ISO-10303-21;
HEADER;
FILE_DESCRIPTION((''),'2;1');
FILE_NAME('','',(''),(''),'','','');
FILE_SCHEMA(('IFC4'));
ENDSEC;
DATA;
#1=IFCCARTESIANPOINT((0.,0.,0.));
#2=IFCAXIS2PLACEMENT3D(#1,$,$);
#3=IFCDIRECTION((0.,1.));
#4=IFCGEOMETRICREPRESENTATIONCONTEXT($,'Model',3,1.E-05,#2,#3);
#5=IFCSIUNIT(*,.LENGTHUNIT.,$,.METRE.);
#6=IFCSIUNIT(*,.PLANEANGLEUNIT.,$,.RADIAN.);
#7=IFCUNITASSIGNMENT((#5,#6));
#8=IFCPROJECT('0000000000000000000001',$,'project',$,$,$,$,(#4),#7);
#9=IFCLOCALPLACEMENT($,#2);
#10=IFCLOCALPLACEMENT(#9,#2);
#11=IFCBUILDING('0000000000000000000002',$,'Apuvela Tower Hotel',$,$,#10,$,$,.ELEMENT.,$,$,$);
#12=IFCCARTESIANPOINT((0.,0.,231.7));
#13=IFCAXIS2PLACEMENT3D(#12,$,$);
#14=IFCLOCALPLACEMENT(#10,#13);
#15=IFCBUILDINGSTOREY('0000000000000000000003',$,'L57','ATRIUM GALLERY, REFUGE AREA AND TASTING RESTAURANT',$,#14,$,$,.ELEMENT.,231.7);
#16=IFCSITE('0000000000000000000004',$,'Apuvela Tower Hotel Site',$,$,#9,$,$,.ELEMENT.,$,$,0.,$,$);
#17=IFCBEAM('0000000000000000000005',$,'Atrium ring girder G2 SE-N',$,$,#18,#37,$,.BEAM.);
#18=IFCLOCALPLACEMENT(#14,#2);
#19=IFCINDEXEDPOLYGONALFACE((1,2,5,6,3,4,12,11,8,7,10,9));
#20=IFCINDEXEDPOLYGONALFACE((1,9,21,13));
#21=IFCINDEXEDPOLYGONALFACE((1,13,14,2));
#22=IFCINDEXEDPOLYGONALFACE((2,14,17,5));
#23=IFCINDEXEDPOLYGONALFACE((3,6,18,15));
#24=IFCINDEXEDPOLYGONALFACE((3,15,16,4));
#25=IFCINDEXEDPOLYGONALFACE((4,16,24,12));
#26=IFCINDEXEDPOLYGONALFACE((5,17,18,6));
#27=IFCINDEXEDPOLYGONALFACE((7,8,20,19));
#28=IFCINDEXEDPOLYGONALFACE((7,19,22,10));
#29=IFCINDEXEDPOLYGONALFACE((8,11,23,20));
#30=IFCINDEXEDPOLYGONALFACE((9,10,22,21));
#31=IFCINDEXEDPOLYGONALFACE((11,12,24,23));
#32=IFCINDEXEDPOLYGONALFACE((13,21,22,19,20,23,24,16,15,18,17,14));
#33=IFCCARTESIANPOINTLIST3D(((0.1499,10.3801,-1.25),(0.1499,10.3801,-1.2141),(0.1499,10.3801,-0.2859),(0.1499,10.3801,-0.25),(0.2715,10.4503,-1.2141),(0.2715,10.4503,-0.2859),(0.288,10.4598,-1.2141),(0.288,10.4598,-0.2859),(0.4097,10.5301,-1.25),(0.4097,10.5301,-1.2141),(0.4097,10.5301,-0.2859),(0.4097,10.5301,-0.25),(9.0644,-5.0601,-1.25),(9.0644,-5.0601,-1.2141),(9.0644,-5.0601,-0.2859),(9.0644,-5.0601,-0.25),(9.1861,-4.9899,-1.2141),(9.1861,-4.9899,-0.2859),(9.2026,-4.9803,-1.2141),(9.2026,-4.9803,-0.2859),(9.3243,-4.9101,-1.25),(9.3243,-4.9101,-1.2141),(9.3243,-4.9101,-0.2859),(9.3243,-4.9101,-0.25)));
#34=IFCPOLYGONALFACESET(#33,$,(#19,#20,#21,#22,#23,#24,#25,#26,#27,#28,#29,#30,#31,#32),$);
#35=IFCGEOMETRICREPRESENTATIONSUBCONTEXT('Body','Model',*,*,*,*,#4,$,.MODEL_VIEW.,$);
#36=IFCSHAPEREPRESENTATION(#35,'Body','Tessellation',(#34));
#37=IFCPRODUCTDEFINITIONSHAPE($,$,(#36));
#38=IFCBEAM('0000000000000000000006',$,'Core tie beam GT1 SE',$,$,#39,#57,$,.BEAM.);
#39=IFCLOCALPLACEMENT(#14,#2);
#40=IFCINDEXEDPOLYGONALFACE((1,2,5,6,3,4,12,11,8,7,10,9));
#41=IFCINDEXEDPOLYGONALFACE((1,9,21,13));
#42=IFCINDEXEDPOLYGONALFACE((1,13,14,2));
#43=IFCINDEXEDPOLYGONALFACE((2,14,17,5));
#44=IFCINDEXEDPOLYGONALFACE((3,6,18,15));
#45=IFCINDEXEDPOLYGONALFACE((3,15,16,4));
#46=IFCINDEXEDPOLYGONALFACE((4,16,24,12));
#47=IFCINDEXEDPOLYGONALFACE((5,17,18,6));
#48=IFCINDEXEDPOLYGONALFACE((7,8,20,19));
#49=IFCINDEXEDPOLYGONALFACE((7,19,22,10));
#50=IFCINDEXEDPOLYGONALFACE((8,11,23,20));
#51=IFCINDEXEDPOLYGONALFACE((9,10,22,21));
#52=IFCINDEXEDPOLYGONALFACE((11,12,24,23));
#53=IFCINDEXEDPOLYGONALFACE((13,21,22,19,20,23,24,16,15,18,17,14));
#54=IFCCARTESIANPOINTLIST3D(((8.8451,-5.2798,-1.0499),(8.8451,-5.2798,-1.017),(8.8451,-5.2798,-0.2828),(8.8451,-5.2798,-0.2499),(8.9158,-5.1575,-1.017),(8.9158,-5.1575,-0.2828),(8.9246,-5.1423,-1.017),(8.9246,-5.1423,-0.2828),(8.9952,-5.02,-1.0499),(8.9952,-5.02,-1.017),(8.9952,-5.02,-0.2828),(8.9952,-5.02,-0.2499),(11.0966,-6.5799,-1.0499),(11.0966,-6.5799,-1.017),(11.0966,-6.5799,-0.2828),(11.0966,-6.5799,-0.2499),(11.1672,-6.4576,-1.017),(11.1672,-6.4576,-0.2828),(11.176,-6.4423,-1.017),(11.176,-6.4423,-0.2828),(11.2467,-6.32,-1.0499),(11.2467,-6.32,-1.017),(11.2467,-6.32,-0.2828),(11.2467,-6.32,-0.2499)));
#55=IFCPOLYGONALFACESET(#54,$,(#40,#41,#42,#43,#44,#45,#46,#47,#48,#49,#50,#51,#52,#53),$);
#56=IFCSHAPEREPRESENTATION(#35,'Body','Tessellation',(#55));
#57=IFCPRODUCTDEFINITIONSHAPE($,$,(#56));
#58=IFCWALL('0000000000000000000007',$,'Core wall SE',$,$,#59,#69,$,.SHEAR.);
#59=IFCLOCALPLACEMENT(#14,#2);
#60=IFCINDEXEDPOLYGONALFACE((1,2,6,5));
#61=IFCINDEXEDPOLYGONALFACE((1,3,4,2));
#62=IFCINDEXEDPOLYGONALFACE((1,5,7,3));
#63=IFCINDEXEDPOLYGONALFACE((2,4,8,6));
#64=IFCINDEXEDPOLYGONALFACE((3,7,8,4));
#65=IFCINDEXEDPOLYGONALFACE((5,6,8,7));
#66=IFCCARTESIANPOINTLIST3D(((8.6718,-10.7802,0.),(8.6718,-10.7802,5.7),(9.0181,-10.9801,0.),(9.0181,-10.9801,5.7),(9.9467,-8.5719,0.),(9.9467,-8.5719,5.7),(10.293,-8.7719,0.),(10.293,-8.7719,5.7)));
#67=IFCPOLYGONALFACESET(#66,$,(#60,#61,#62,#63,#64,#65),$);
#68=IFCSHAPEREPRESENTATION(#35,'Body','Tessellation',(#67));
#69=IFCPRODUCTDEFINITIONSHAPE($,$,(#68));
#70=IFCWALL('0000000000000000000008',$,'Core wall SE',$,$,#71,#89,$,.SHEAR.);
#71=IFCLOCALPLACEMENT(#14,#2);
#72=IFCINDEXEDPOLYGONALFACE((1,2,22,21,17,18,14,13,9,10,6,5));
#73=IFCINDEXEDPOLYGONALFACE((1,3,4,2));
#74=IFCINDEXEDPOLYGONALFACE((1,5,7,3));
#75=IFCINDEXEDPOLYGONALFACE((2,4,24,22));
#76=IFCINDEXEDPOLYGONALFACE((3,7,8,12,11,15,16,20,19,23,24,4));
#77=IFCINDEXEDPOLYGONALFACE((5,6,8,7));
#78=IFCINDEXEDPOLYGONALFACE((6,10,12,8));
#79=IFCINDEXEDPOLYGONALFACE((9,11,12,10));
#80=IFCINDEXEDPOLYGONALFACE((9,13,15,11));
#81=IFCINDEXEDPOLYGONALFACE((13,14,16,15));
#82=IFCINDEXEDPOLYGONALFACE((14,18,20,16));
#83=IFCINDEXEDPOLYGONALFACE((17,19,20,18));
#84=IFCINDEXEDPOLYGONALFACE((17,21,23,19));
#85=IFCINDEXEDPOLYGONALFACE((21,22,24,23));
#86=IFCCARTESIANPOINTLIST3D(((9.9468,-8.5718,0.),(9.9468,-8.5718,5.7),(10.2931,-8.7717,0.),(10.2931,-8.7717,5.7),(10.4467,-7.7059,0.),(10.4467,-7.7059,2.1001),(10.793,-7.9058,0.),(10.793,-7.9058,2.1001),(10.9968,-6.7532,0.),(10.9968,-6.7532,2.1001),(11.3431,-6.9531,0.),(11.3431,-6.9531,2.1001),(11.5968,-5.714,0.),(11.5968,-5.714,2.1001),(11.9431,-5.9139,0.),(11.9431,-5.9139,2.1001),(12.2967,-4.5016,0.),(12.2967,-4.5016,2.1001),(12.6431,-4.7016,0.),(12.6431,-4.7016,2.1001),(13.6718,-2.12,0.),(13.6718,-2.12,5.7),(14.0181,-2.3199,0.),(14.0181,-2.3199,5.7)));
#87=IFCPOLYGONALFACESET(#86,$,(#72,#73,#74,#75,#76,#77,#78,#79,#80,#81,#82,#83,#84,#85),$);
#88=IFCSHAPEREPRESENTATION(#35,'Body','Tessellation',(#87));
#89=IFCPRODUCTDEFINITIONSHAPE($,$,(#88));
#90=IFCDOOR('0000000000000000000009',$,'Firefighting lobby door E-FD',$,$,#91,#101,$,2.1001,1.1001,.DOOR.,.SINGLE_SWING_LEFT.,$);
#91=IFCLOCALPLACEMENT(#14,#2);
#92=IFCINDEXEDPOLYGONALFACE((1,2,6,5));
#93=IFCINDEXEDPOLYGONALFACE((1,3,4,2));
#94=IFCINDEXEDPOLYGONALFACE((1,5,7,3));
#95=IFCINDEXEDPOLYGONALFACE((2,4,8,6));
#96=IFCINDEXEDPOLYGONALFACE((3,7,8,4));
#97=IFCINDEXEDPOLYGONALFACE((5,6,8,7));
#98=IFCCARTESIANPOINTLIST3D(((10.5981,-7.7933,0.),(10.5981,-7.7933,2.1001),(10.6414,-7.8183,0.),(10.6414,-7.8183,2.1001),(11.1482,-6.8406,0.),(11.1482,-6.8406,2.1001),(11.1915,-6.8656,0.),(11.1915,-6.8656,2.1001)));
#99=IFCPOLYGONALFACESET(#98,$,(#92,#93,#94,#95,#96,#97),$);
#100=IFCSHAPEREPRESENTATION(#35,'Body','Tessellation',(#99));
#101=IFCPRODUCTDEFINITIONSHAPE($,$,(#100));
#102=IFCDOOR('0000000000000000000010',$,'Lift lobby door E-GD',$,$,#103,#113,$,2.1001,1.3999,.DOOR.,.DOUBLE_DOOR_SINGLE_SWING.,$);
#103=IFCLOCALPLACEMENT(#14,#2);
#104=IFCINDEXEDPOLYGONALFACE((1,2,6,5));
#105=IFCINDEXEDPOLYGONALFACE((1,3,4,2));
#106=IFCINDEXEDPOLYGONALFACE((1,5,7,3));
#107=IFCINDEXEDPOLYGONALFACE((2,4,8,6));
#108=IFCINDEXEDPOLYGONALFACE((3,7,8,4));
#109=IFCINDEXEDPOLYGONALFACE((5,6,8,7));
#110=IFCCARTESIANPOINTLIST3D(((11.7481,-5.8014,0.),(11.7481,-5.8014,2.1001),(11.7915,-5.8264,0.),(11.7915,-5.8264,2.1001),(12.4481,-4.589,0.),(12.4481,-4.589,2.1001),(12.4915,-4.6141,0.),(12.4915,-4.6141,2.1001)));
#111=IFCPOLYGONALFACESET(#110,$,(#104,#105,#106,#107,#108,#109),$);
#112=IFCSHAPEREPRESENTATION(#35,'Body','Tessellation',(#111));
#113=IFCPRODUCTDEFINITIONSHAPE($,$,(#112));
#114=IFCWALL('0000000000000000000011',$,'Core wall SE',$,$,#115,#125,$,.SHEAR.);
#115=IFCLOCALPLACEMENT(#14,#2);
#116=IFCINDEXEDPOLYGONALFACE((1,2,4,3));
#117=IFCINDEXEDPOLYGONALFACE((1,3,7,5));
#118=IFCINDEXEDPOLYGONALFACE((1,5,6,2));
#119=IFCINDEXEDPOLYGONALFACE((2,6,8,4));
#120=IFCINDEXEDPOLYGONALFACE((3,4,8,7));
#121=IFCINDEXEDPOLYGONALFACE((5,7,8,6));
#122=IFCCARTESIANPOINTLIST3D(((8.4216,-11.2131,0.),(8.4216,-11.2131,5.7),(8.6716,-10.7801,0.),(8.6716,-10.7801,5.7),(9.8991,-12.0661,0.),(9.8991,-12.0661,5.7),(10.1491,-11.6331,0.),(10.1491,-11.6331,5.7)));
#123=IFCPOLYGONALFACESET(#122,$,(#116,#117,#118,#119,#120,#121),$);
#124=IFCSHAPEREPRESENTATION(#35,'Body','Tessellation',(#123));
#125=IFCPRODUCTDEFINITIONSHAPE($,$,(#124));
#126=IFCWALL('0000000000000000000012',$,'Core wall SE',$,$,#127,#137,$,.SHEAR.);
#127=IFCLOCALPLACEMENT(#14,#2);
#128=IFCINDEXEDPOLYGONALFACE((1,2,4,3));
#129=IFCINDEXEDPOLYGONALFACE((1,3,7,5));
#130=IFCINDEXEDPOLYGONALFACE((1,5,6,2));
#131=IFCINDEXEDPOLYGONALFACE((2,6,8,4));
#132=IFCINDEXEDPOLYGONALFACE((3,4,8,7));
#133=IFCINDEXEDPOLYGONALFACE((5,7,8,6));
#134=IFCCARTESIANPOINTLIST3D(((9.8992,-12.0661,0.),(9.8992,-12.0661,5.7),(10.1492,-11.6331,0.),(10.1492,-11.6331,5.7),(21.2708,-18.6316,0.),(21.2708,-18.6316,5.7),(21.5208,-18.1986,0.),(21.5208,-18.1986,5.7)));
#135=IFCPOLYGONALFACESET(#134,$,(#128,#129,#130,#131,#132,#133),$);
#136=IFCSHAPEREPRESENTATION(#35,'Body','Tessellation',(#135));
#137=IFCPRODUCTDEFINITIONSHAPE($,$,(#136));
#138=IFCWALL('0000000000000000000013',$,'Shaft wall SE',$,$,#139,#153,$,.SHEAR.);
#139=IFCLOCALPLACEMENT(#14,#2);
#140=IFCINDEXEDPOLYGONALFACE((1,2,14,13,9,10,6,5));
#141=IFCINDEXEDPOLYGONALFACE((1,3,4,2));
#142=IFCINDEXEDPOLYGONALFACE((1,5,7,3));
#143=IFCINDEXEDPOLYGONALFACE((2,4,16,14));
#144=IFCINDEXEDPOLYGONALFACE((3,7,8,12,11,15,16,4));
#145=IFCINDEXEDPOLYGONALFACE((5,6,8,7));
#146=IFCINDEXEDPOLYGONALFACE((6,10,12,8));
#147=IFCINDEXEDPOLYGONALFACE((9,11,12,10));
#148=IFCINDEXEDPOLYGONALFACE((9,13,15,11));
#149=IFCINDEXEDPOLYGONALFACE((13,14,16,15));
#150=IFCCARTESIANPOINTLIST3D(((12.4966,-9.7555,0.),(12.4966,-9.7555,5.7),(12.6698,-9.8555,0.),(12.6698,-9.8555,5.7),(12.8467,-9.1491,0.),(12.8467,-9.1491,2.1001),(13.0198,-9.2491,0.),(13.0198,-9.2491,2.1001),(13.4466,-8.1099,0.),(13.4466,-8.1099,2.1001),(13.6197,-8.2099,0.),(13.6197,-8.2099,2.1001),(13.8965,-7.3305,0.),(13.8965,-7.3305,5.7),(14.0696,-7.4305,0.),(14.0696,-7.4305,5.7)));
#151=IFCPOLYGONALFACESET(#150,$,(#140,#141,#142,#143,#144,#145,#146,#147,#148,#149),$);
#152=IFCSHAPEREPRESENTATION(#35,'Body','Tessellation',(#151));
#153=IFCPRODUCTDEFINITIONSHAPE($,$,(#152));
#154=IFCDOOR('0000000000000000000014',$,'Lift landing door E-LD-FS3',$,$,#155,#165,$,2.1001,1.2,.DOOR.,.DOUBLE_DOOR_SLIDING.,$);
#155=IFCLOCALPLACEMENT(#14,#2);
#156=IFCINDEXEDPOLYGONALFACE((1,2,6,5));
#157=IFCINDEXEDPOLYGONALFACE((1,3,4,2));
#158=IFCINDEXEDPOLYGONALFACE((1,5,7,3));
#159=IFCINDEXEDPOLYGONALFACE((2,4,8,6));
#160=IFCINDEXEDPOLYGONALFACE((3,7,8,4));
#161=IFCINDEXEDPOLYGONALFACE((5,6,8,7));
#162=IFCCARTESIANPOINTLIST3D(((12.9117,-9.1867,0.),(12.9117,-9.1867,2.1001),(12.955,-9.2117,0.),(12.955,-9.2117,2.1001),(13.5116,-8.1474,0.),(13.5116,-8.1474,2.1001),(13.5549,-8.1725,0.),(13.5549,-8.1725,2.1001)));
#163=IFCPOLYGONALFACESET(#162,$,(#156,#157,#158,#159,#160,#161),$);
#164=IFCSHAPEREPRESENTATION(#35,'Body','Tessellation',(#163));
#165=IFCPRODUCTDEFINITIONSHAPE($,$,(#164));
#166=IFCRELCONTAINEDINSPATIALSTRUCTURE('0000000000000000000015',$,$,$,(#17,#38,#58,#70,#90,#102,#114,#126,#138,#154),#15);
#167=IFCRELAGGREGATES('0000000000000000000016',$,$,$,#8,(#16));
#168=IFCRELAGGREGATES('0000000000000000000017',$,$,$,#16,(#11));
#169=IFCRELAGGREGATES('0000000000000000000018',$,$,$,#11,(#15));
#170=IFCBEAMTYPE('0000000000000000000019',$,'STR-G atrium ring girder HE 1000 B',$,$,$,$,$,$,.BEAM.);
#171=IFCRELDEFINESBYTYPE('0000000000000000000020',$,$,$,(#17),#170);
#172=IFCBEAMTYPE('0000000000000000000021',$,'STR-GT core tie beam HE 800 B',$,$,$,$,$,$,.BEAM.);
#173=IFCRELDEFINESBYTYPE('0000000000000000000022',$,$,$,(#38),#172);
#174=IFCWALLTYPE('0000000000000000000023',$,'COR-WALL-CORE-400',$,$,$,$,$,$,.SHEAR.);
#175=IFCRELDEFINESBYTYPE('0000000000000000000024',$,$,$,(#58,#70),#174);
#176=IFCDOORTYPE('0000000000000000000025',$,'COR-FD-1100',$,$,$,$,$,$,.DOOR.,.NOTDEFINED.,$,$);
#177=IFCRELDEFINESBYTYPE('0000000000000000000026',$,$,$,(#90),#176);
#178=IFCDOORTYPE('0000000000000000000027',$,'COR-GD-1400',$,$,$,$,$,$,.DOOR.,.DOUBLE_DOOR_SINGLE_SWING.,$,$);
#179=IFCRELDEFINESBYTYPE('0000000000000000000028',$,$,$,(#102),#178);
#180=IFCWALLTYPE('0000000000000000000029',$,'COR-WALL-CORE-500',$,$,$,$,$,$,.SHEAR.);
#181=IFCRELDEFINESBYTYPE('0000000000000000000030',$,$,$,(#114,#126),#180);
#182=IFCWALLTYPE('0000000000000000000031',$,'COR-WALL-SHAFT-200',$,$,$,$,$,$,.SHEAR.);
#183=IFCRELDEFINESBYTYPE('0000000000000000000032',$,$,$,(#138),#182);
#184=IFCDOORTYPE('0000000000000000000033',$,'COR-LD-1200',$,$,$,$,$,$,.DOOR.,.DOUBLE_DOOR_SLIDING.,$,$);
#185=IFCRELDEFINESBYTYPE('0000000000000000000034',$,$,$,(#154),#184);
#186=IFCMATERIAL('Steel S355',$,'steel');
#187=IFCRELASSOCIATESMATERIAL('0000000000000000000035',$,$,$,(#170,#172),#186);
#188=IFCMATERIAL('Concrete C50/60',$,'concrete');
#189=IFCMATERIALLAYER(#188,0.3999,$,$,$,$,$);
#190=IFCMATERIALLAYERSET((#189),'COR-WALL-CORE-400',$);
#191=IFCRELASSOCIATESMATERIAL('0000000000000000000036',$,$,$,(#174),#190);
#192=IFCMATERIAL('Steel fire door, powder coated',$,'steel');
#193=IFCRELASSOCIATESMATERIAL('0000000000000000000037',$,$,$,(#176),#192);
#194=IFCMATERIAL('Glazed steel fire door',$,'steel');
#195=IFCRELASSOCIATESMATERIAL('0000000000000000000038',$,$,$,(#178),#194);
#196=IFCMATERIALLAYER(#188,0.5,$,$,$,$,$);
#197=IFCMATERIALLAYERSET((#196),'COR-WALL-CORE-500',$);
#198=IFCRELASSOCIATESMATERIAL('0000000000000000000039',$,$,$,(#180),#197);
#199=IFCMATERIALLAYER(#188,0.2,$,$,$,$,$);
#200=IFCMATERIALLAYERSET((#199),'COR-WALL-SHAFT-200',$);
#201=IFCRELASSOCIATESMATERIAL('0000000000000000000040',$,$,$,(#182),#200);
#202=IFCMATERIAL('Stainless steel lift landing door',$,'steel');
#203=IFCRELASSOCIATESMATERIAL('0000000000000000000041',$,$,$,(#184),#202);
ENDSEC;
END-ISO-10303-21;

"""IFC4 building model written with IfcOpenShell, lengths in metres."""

from ifc_helpers import new_model, si_unit, direction, frame, frame_2d, origin, origin_2d, place, context, subcontext, project, spatial, rectangle, i_section, extrude, material, layer, layer_set, material_profile, profile_set, type_object, element, fill, save


model = new_model("IFC4")

# Units and contexts
model_context = context("Model", 3, precision=1e-05, world=origin(), true_north=direction((0.0, 1.0)))
body_context = subcontext(model_context, "Body", "Model", "MODEL_VIEW")
ifc_project = project(units=[si_unit("LENGTHUNIT", "METRE"), si_unit("PLANEANGLEUNIT", "RADIAN")], contexts=[model_context])

# Site, building, storey
site_placement = place(None, origin())
site = spatial("IfcSite", under=ifc_project, at=site_placement, Name="Apuvela Tower Hotel Site", CompositionType="ELEMENT", RefElevation=0.0)
building_placement = place(site_placement, origin())
building = spatial("IfcBuilding", under=site, at=building_placement, Name="Apuvela Tower Hotel", CompositionType="ELEMENT")
storey_placement = place(building_placement, frame((0.0, 0.0, 231.7)))
storey = spatial("IfcBuildingStorey", under=building, at=storey_placement, Name="L57", Description="ATRIUM GALLERY, REFUGE AREA AND TASTING RESTAURANT", CompositionType="ELEMENT", Elevation=231.7)

# Beams
ifc_material_1 = material(Name="Steel S355", Category="steel")
ifc_material_profile_1 = material_profile(ifc_material_1, i_section(OverallWidth=0.3, OverallDepth=1.0, WebThickness=0.019, FlangeThickness=0.0359, at=origin_2d()), Name="HE 1000 B")
ifc_profile_set_1 = profile_set([ifc_material_profile_1], Name="Steel S355")
beam_type_1 = type_object("IfcBeamType", Name="STR-G atrium ring girder HE 1000 B", PredefinedType="BEAM", material=ifc_profile_set_1)
beam_1_placement = place(storey_placement, frame((9.1943, -4.9851, -0.75), z_axis=(-0.500007, 0.866022, 0.0), x_axis=(-0.866022, -0.500007, 0.0)))
element("IfcBeam", 1, at=beam_1_placement, inside=storey, type_object=beam_type_1, Name="Atrium ring girder G2 SE-N", PredefinedType="BEAM", context=body_context, shape_type="SweptSolid", body=[
    extrude(i_section(OverallWidth=0.3, OverallDepth=1.0, WebThickness=0.019, FlangeThickness=0.0359, at=origin_2d()), origin(), (0.0, 0.0, 1.0), 17.8289),
])
ifc_material_profile_2 = material_profile(ifc_material_1, i_section(OverallWidth=0.3, OverallDepth=0.8, WebThickness=0.0176, FlangeThickness=0.033, at=origin_2d()), Name="HE 800 B")
ifc_profile_set_2 = profile_set([ifc_material_profile_2], Name="Steel S355")
beam_type_2 = type_object("IfcBeamType", Name="STR-GT core tie beam HE 800 B", PredefinedType="BEAM", material=ifc_profile_set_2)
beam_2_placement = place(storey_placement, frame((11.1716, -6.45, -0.6499), z_axis=(-0.865998, 0.500048, 0.0), x_axis=(-0.500048, -0.865998, 0.0)))
element("IfcBeam", 2, at=beam_2_placement, inside=storey, type_object=beam_type_2, Name="Core tie beam GT1 SE", PredefinedType="BEAM", context=body_context, shape_type="SweptSolid", body=[
    extrude(i_section(OverallWidth=0.3, OverallDepth=0.8, WebThickness=0.0176, FlangeThickness=0.033, at=origin_2d()), origin(), (0.0, 0.0, 1.0), 2.5999),
])

# Wall
ifc_material_2 = material(Name="Concrete C50/60", Category="concrete")
ifc_layer_1 = layer(ifc_material_2, 0.3999)
ifc_layer_set_1 = layer_set([ifc_layer_1], Name="COR-WALL-CORE-400")
wall_type_1 = type_object("IfcWallType", Name="COR-WALL-CORE-400", PredefinedType="SHEAR", material=ifc_layer_set_1)
wall_1_placement = place(storey_placement, frame((8.845, -10.8801, 0.0), z_axis=(0.0, 0.0, 1.0), x_axis=(0.49999, 0.866031, 0.0)))
element("IfcWall", 3, at=wall_1_placement, inside=storey, type_object=wall_type_1, Name="Core wall SE", PredefinedType="SHEAR", context=body_context, shape_type="SweptSolid", body=[
    extrude(rectangle(XDim=2.5498, YDim=0.3999, at=frame_2d((1.2749, 0.0))), origin(), (0.0, 0.0, 1.0), 5.7),
])

# Wall, openings, doors
wall_2_placement = place(storey_placement, frame((10.1199, -8.6719, 0.0), z_axis=(0.0, 0.0, 1.0), x_axis=(0.500009, 0.86602, 0.0)))
wall_2 = element("IfcWall", 4, at=wall_2_placement, inside=storey, type_object=wall_type_1, Name="Core wall SE", PredefinedType="SHEAR", context=body_context, shape_type="SweptSolid", body=[
    extrude(rectangle(XDim=7.45, YDim=0.3999, at=frame_2d((3.7251, 0.0))), origin(), (0.0, 0.0, 1.0), 5.7),
])
opening_1_placement = place(wall_2_placement, frame((1.0, 0.0, 0.0)))
opening_1 = element("IfcOpeningElement", 5, at=opening_1_placement, cuts=wall_2, PredefinedType="OPENING", context=body_context, shape_type="SweptSolid", body=[
    extrude(rectangle(XDim=1.1001, YDim=2.1001, at=frame_2d((0.55, 1.05))), frame((0.0, 0.21, 0.0), z_axis=(0.0, -1.0, 0.0), x_axis=(1.0, 0.0, 0.0)), (0.0, 0.0, 1.0), 0.4199),
])
opening_2_placement = place(wall_2_placement, frame((3.3, 0.0, 0.0)))
opening_2 = element("IfcOpeningElement", 6, at=opening_2_placement, cuts=wall_2, PredefinedType="OPENING", context=body_context, shape_type="SweptSolid", body=[
    extrude(rectangle(XDim=1.3999, YDim=2.1001, at=frame_2d((0.7, 1.05))), frame((0.0, 0.21, 0.0), z_axis=(0.0, -1.0, 0.0), x_axis=(1.0, 0.0, 0.0)), (0.0, 0.0, 1.0), 0.4199),
])
ifc_material_3 = material(Name="Steel fire door, powder coated", Category="steel")
door_type_1 = type_object("IfcDoorType", Name="COR-FD-1100", OperationType="NOTDEFINED", PredefinedType="DOOR", material=ifc_material_3)
door_1_placement = place(opening_1_placement, frame((1.1001, 0.0, 0.0), z_axis=(0.0, 0.0, 1.0), x_axis=(-1.0, 0.0, 0.0)))
door_1 = element("IfcDoor", 7, at=door_1_placement, inside=storey, type_object=door_type_1, Name="Firefighting lobby door E-FD", OperationType="SINGLE_SWING_LEFT", OverallHeight=2.1001, OverallWidth=1.1001, PredefinedType="DOOR", context=body_context, shape_type="SweptSolid", body=[
    extrude(rectangle(XDim=1.1001, YDim=2.1001, at=frame_2d((0.55, 1.05))), frame((0.0, 0.0249, 0.0), z_axis=(0.0, -1.0, 0.0), x_axis=(1.0, 0.0, 0.0)), (0.0, 0.0, 1.0), 0.05),
])
fill(opening_1, door_1)
ifc_material_4 = material(Name="Glazed steel fire door", Category="steel")
door_type_2 = type_object("IfcDoorType", Name="COR-GD-1400", OperationType="DOUBLE_DOOR_SINGLE_SWING", PredefinedType="DOOR", material=ifc_material_4)
door_2_placement = place(opening_2_placement, frame((1.3999, 0.0, 0.0), z_axis=(0.0, 0.0, 1.0), x_axis=(-1.0, 0.0, 0.0)))
door_2 = element("IfcDoor", 8, at=door_2_placement, inside=storey, type_object=door_type_2, Name="Lift lobby door E-GD", OperationType="DOUBLE_DOOR_SINGLE_SWING", OverallHeight=2.1001, OverallWidth=1.3999, PredefinedType="DOOR", context=body_context, shape_type="SweptSolid", body=[
    extrude(rectangle(XDim=1.3999, YDim=2.1001, at=frame_2d((0.7, 1.05))), frame((0.0, 0.0249, 0.0), z_axis=(0.0, -1.0, 0.0), x_axis=(1.0, 0.0, 0.0)), (0.0, 0.0, 1.0), 0.05),
])
fill(opening_2, door_2)

# Walls
ifc_layer_2 = layer(ifc_material_2, 0.5)
ifc_layer_set_2 = layer_set([ifc_layer_2], Name="COR-WALL-CORE-500")
wall_type_2 = type_object("IfcWallType", Name="COR-WALL-CORE-500", PredefinedType="SHEAR", material=ifc_layer_set_2)
wall_3_placement = place(storey_placement, frame((8.5466, -10.9966, 0.0), z_axis=(0.0, 0.0, 1.0), x_axis=(0.866033, -0.499987, 0.0)))
element("IfcWall", 9, at=wall_3_placement, inside=storey, type_object=wall_type_2, Name="Core wall SE", PredefinedType="SHEAR", context=body_context, shape_type="SweptSolid", body=[
    extrude(rectangle(XDim=1.7061, YDim=0.5, at=frame_2d((0.853, 0.0))), origin(), (0.0, 0.0, 1.0), 5.7),
])
wall_4_placement = place(storey_placement, frame((10.0242, -11.8496, 0.0), z_axis=(0.0, 0.0, 1.0), x_axis=(0.866024, -0.500002, 0.0)))
element("IfcWall", 10, at=wall_4_placement, inside=storey, type_object=wall_type_2, Name="Core wall SE", PredefinedType="SHEAR", context=body_context, shape_type="SweptSolid", body=[
    extrude(rectangle(XDim=13.1309, YDim=0.5, at=frame_2d((6.5654, 0.0))), origin(), (0.0, 0.0, 1.0), 5.7),
])

# Wall, opening, door
ifc_layer_3 = layer(ifc_material_2, 0.2)
ifc_layer_set_3 = layer_set([ifc_layer_3], Name="COR-WALL-SHAFT-200")
wall_type_3 = type_object("IfcWallType", Name="COR-WALL-SHAFT-200", PredefinedType="SHEAR", material=ifc_layer_set_3)
wall_5_placement = place(storey_placement, frame((12.5833, -9.8054, 0.0), z_axis=(0.0, 0.0, 1.0), x_axis=(0.499946, 0.866056, 0.0)))
wall_5 = element("IfcWall", 11, at=wall_5_placement, inside=storey, type_object=wall_type_3, Name="Shaft wall SE", PredefinedType="SHEAR", context=body_context, shape_type="SweptSolid", body=[
    extrude(rectangle(XDim=2.8, YDim=0.2, at=frame_2d((1.3999, 0.0))), origin(), (0.0, 0.0, 1.0), 5.7),
])
opening_3_placement = place(wall_5_placement, frame((0.7, 0.0, 0.0)))
opening_3 = element("IfcOpeningElement", 12, at=opening_3_placement, cuts=wall_5, PredefinedType="OPENING", context=body_context, shape_type="SweptSolid", body=[
    extrude(rectangle(XDim=1.2, YDim=2.1001, at=frame_2d((0.6001, 1.05))), frame((0.0, 0.1099, 0.0), z_axis=(0.0, -1.0, 0.0), x_axis=(1.0, 0.0, 0.0)), (0.0, 0.0, 1.0), 0.22),
])
ifc_material_5 = material(Name="Stainless steel lift landing door", Category="steel")
door_type_3 = type_object("IfcDoorType", Name="COR-LD-1200", OperationType="DOUBLE_DOOR_SLIDING", PredefinedType="DOOR", material=ifc_material_5)
door_3_placement = place(opening_3_placement, origin())
door_3 = element("IfcDoor", 13, at=door_3_placement, inside=storey, type_object=door_type_3, Name="Lift landing door E-LD-FS3", OperationType="DOUBLE_DOOR_SLIDING", OverallHeight=2.1001, OverallWidth=1.2, PredefinedType="DOOR", context=body_context, shape_type="SweptSolid", body=[
    extrude(rectangle(XDim=1.2, YDim=2.1001, at=frame_2d((0.6001, 1.05))), frame((0.0, 0.0249, 0.0), z_axis=(0.0, -1.0, 0.0), x_axis=(1.0, 0.0, 0.0)), (0.0, 0.0, 1.0), 0.05),
])
fill(opening_3, door_3)

save(model, "model.ifc")
